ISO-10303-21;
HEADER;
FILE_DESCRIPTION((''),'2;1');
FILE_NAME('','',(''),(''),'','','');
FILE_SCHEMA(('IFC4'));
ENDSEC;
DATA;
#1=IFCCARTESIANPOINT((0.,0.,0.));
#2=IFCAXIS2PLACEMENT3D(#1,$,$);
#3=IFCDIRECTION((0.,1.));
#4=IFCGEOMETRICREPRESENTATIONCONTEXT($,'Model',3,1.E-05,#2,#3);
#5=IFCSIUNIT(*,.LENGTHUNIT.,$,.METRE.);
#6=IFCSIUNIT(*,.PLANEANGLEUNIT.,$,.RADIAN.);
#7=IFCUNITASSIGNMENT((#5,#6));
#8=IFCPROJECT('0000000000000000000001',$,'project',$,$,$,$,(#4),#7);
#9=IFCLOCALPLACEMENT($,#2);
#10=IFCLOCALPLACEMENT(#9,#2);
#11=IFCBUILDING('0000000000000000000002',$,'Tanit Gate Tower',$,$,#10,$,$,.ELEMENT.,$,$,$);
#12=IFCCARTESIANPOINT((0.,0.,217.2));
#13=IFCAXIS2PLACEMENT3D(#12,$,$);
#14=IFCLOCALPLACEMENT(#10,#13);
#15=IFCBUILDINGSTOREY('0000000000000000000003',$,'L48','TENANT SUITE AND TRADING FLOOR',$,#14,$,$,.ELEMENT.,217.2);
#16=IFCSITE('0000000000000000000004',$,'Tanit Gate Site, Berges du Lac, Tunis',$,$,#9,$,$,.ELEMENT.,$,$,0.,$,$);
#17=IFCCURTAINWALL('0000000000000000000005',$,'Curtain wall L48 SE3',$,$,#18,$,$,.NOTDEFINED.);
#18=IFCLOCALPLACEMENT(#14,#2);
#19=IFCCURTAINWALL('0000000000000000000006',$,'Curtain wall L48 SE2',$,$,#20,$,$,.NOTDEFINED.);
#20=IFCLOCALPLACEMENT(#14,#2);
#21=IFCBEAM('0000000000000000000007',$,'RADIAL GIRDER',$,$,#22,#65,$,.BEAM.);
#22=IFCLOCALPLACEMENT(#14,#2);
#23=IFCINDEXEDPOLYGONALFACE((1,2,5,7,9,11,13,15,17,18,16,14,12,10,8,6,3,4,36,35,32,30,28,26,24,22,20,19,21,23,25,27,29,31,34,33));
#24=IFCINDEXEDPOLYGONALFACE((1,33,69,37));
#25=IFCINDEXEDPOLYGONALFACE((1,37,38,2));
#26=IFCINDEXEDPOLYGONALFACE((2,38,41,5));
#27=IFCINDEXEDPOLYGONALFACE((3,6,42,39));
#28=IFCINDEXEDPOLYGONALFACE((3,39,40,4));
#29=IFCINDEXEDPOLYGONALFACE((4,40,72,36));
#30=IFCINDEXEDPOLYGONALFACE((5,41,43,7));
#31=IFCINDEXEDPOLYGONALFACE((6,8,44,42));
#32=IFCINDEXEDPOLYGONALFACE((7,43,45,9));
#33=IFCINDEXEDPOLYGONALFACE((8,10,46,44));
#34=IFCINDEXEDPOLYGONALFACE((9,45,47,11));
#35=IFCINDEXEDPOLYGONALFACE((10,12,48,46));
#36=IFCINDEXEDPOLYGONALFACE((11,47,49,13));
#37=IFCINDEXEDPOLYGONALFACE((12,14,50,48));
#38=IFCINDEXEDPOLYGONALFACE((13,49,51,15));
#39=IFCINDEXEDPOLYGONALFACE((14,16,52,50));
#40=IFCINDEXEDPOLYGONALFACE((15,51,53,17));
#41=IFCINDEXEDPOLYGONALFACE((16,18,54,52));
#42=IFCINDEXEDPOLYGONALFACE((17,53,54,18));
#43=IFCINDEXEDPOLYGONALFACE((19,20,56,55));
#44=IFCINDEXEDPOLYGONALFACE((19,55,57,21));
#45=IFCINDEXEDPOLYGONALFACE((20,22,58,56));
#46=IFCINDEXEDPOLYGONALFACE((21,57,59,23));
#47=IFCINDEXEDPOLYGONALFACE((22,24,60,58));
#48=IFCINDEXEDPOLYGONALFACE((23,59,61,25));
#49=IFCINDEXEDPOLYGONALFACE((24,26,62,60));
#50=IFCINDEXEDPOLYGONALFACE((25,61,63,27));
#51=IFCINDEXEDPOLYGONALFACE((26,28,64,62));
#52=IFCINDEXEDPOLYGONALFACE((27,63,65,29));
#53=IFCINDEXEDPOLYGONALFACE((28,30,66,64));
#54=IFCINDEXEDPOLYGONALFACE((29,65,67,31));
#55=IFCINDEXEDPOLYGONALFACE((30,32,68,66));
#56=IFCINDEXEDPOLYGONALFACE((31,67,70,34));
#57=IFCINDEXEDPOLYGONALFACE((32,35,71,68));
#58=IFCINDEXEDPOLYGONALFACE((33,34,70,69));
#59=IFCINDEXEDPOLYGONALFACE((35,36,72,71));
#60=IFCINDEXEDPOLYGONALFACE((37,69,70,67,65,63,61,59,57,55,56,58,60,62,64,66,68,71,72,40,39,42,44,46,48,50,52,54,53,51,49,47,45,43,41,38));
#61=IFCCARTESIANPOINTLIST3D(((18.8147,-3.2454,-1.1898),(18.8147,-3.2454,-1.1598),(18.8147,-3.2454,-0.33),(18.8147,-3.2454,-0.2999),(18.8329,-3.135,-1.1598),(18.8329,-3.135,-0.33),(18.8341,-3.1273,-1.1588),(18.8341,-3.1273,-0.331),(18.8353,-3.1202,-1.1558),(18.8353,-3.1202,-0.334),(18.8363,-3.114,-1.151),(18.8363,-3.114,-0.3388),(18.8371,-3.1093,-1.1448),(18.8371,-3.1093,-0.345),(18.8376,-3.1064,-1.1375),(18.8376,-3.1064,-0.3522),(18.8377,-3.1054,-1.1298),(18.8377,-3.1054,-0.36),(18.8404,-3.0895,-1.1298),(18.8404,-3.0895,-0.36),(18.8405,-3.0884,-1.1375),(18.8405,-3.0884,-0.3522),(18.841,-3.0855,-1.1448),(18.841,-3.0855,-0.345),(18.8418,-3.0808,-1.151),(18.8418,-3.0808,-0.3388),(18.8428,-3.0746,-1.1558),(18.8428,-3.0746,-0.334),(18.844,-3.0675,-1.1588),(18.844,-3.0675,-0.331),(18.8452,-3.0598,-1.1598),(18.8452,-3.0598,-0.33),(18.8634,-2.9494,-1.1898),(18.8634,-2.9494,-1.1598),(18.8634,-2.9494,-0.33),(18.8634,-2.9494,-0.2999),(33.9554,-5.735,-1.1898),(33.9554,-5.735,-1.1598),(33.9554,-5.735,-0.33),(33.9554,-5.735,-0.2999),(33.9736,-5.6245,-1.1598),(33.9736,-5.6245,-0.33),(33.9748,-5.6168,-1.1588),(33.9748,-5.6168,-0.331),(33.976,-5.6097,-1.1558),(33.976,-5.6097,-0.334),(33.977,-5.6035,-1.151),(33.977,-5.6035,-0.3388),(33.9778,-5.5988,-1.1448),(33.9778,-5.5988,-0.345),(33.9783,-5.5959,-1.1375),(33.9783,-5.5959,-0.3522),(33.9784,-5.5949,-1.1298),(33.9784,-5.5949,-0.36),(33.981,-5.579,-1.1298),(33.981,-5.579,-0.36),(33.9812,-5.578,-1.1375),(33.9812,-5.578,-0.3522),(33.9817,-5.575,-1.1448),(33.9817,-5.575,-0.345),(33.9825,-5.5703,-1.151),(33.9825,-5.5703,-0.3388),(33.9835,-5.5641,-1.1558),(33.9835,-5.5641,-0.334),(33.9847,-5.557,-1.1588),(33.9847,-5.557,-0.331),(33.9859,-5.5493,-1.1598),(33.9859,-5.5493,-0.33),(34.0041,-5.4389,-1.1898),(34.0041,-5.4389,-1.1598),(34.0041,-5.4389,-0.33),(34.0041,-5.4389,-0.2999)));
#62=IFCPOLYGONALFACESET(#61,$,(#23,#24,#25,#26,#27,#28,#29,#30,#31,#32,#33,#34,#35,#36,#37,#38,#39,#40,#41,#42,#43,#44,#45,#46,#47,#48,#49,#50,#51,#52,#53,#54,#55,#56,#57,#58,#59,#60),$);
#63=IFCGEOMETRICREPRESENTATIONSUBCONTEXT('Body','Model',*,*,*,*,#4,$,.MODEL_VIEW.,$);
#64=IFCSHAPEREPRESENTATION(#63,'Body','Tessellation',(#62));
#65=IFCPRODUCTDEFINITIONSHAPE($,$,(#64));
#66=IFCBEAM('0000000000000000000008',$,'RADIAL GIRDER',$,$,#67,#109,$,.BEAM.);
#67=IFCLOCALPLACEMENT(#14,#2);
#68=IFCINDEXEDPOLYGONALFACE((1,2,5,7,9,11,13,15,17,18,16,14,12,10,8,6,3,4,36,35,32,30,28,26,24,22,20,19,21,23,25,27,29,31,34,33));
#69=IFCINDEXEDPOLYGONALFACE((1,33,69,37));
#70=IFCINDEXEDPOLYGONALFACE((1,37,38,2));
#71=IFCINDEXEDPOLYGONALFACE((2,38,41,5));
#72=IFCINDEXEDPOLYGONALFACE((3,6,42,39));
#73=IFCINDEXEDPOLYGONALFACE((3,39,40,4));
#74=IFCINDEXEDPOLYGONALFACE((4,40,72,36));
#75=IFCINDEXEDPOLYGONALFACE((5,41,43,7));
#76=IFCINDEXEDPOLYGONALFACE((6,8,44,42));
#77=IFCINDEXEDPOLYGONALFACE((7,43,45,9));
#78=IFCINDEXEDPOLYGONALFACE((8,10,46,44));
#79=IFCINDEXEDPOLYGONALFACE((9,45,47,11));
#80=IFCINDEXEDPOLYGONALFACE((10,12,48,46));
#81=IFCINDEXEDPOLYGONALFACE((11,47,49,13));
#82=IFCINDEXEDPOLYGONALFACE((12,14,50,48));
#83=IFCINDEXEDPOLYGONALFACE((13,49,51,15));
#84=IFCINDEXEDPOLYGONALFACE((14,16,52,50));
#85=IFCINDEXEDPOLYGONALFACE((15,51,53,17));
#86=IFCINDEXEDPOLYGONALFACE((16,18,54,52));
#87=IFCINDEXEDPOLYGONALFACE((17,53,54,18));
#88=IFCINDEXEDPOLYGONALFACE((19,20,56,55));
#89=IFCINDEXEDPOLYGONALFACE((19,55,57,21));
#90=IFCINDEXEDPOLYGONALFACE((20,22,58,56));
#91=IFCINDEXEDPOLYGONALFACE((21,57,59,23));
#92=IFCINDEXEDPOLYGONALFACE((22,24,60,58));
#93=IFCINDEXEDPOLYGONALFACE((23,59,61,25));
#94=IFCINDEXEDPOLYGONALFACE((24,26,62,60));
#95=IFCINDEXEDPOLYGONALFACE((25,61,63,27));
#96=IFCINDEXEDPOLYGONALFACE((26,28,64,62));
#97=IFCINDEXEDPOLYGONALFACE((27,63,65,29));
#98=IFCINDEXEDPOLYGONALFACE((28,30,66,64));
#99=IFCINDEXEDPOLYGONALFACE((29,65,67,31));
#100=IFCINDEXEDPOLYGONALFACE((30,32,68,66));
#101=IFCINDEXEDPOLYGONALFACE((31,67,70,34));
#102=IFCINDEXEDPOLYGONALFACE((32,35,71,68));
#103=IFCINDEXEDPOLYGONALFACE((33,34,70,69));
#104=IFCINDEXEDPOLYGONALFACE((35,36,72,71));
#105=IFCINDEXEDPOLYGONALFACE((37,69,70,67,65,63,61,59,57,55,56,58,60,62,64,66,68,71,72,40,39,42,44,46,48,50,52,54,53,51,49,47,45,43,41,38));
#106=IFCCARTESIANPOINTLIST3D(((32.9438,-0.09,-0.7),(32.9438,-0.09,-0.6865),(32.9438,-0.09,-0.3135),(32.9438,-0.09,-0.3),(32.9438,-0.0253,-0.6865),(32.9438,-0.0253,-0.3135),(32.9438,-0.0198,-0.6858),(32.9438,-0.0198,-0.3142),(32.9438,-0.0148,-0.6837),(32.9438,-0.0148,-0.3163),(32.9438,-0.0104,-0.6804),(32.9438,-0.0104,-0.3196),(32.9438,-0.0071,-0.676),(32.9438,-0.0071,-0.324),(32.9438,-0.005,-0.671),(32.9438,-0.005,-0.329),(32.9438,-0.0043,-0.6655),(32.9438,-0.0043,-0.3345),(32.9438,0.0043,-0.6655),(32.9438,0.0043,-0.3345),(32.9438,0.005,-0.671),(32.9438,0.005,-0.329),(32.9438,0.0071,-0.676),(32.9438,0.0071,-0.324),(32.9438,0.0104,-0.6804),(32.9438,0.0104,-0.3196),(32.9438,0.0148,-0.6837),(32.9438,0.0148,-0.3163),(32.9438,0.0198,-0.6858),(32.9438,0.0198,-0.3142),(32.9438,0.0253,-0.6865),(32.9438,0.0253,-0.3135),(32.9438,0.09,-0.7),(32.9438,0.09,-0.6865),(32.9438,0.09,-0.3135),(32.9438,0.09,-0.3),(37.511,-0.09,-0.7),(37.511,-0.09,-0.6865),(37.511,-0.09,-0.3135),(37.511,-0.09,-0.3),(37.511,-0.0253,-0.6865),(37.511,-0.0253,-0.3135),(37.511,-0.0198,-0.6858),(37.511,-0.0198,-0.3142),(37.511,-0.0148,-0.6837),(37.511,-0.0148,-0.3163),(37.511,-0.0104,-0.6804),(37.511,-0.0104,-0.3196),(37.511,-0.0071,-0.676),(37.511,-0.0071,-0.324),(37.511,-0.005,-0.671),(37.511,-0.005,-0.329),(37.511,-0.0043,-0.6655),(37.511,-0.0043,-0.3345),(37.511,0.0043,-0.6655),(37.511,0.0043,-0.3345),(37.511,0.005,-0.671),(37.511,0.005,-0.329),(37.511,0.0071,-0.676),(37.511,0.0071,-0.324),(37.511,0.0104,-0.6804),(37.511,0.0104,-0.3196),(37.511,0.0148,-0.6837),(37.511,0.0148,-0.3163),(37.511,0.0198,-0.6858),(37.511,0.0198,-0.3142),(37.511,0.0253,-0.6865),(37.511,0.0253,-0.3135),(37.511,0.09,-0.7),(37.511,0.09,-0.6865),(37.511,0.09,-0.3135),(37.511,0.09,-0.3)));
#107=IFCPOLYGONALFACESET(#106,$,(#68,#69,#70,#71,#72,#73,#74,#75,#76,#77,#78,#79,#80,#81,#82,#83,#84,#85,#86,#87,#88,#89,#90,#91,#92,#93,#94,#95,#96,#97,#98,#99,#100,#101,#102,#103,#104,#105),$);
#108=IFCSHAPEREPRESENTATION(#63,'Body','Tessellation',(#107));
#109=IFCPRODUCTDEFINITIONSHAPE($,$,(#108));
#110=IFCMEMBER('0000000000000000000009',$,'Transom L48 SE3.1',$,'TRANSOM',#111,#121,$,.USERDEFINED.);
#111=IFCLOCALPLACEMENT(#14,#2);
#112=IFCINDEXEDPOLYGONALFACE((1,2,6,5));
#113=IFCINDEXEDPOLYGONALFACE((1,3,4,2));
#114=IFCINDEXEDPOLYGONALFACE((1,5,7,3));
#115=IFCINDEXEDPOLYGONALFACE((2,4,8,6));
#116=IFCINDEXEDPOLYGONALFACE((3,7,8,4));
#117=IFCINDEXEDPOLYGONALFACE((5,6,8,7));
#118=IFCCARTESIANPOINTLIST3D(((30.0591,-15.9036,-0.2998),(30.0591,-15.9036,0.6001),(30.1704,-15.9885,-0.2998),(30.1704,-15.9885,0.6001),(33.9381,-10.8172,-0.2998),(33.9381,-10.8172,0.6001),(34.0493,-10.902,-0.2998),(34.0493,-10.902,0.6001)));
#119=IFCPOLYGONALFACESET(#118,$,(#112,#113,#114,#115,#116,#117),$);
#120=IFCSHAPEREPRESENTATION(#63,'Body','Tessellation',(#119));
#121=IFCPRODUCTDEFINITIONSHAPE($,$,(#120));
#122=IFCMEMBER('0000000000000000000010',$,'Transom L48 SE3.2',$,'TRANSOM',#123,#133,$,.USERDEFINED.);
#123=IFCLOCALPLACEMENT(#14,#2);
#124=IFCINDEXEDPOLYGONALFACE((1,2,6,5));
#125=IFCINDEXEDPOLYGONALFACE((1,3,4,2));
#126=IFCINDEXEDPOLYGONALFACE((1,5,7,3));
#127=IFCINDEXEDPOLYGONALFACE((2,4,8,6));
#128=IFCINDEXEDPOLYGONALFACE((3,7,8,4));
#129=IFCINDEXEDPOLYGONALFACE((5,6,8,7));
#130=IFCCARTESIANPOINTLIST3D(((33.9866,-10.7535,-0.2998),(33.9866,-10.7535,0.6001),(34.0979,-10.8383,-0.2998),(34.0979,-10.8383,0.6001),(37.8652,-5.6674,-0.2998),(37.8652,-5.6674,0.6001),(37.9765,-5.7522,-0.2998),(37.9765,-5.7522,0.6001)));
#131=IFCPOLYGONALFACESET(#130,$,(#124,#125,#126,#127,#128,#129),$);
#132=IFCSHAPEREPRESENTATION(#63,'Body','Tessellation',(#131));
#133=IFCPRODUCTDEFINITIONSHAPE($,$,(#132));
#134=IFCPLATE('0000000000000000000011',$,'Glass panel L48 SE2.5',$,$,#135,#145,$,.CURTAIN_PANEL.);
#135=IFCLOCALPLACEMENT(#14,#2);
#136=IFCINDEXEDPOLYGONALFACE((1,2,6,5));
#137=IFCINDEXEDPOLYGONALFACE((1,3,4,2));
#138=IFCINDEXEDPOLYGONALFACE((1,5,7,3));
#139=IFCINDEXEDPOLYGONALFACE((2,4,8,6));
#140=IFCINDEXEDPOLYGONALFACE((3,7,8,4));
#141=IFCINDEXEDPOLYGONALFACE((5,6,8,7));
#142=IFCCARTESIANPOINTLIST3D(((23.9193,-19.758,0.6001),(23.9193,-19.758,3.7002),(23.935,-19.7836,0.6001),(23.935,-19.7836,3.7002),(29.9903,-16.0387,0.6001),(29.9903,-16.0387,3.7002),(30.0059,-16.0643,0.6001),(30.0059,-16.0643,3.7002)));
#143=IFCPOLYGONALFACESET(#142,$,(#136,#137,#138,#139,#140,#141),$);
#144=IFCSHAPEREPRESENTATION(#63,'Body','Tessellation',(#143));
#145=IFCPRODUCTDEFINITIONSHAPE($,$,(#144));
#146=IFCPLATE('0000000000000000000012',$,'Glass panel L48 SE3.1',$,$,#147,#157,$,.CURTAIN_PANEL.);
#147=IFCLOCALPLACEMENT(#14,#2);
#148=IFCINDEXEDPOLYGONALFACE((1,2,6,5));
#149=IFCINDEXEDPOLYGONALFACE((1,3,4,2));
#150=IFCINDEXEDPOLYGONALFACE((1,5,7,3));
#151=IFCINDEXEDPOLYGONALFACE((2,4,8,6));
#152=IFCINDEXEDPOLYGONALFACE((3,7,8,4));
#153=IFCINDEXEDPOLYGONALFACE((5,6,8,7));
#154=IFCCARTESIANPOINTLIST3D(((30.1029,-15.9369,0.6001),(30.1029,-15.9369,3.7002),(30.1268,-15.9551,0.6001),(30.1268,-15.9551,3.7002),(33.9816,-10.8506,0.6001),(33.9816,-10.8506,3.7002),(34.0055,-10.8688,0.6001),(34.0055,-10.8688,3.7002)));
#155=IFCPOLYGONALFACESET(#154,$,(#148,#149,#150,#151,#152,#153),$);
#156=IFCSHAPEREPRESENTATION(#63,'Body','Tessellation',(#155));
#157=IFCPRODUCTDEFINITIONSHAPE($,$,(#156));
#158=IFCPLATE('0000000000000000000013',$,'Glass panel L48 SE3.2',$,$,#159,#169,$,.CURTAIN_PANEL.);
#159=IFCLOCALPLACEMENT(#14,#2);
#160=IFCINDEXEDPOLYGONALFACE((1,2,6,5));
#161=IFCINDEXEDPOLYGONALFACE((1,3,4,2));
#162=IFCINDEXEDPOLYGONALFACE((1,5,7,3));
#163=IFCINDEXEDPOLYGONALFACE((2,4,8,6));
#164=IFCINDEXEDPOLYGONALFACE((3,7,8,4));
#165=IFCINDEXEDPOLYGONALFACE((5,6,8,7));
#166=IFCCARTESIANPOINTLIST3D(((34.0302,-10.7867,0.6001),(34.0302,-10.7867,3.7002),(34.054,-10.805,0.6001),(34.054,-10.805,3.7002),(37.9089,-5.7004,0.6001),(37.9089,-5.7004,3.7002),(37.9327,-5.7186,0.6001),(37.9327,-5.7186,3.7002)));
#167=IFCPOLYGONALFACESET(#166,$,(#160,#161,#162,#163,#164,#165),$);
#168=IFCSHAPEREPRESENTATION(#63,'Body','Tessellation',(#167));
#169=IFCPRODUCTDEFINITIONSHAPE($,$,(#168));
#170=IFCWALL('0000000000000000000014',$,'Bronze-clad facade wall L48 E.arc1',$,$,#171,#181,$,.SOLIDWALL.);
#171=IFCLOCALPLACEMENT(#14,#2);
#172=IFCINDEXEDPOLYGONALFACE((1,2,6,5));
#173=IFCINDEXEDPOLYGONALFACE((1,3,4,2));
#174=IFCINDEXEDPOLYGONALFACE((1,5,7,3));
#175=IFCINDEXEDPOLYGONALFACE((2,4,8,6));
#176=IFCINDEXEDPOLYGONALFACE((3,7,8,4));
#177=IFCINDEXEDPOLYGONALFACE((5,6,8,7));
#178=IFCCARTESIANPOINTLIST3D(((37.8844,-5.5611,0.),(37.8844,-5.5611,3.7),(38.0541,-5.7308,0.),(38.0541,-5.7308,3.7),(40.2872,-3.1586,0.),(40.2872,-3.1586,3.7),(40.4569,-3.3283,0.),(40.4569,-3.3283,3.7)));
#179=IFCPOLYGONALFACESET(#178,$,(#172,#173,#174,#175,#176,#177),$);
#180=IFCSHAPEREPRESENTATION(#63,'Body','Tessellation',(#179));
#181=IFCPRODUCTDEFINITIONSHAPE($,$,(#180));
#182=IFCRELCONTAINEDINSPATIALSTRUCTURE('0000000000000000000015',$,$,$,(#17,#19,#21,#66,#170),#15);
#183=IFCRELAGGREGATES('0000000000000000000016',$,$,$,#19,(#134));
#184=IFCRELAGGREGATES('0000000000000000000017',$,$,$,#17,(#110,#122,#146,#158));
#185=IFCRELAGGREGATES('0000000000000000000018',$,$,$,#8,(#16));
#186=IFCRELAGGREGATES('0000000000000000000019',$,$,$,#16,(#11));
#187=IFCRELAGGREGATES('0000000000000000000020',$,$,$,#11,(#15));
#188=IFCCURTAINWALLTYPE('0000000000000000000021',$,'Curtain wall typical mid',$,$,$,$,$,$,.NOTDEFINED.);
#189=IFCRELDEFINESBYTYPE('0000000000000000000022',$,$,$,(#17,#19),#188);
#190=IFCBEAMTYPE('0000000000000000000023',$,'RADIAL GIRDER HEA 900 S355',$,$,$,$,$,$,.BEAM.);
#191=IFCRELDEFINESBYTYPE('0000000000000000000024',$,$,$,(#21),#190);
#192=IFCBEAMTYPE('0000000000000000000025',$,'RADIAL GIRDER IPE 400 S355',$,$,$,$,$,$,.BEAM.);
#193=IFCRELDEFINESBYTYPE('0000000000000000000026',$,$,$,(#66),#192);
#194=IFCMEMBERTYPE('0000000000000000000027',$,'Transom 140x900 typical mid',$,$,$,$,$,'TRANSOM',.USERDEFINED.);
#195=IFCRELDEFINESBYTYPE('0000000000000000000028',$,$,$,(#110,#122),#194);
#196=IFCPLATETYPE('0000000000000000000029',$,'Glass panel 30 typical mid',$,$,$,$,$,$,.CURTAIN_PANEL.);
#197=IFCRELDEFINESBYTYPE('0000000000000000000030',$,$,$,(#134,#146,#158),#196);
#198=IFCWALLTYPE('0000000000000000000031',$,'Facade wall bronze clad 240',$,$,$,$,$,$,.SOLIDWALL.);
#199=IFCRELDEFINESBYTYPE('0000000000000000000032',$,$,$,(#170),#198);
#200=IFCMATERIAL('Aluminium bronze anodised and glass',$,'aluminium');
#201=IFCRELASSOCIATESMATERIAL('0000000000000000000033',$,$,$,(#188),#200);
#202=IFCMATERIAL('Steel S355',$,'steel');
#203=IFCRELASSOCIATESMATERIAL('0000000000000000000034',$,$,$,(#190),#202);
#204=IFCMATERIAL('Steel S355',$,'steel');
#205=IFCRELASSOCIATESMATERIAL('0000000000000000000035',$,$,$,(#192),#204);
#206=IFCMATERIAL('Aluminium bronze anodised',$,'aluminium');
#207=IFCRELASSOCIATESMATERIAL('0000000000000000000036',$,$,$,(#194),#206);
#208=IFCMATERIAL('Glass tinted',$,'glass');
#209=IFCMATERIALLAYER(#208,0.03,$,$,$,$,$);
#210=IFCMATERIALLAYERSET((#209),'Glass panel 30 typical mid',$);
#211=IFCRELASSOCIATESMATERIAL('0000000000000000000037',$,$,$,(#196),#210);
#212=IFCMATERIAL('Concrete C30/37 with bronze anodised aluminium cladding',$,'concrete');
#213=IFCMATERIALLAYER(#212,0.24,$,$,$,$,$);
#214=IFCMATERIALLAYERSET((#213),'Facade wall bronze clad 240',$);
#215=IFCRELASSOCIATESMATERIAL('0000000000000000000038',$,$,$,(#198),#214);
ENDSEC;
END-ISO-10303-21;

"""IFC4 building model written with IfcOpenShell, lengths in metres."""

from ifc_helpers import new_model, si_unit, direction, frame, frame_2d, origin, origin_2d, place, context, subcontext, project, spatial, rectangle, i_section, extrude, material, layer, layer_set, material_profile, profile_set, type_object, element, aggregate, save


model = new_model("IFC4")

# Units and contexts
model_context = context("Model", 3, precision=1e-05, world=origin(), true_north=direction((0.0, 1.0)))
body_context = subcontext(model_context, "Body", "Model", "MODEL_VIEW")
ifc_project = project(units=[si_unit("LENGTHUNIT", "METRE"), si_unit("PLANEANGLEUNIT", "RADIAN")], contexts=[model_context])

# Site, building, storey
site_placement = place(None, origin())
site = spatial("IfcSite", under=ifc_project, at=site_placement, Name="Tanit Gate Site, Berges du Lac, Tunis", CompositionType="ELEMENT", RefElevation=0.0)
building_placement = place(site_placement, origin())
building = spatial("IfcBuilding", under=site, at=building_placement, Name="Tanit Gate Tower", CompositionType="ELEMENT")
storey_placement = place(building_placement, frame((0.0, 0.0, 217.2)))
storey = spatial("IfcBuildingStorey", under=building, at=storey_placement, Name="L48", Description="TENANT SUITE AND TRADING FLOOR", CompositionType="ELEMENT", Elevation=217.2)

# Curtain wall
ifc_material_1 = material(Name="Aluminium bronze anodised and glass", Category="aluminium")
curtain_wall_type = type_object("IfcCurtainWallType", Name="Curtain wall typical mid", PredefinedType="NOTDEFINED", material=ifc_material_1)
curtain_wall_1_placement = place(storey_placement, origin())
curtain_wall_1 = element("IfcCurtainWall", 1, at=curtain_wall_1_placement, inside=storey, type_object=curtain_wall_type, Name="Curtain wall L48 SE3", PredefinedType="NOTDEFINED")

# Curtain wall
curtain_wall_2_placement = place(storey_placement, origin())
curtain_wall_2 = element("IfcCurtainWall", 2, at=curtain_wall_2_placement, inside=storey, type_object=curtain_wall_type, Name="Curtain wall L48 SE2", PredefinedType="NOTDEFINED")

# Beams
ifc_material_2 = material(Name="Steel S355", Category="steel")
ifc_material_profile_1 = material_profile(ifc_material_2, i_section(OverallWidth=0.3, OverallDepth=0.8899, WebThickness=0.0161, FlangeThickness=0.03, FilletRadius=0.03, at=origin_2d()), Name="HEA 900")
ifc_profile_set_1 = profile_set([ifc_material_profile_1], Name="Steel S355")
beam_type_1 = type_object("IfcBeamType", Name="RADIAL GIRDER HEA 900 S355", PredefinedType="BEAM", material=ifc_profile_set_1)
beam_1_placement = place(storey_placement, frame((33.9797, -5.5869, -0.7449), z_axis=(-0.98675, 0.162247, 0.0), x_axis=(-0.162247, -0.98675, 0.0)))
element("IfcBeam", 3, at=beam_1_placement, inside=storey, type_object=beam_type_1, Name="RADIAL GIRDER", PredefinedType="BEAM", context=body_context, shape_type="SweptSolid", body=[
    extrude(i_section(OverallWidth=0.3, OverallDepth=0.8899, WebThickness=0.0161, FlangeThickness=0.03, FilletRadius=0.03, at=origin_2d()), origin(), (0.0, 0.0, 1.0), 15.344),
])
ifc_material_3 = material(Name="Steel S355", Category="steel")
ifc_material_profile_2 = material_profile(ifc_material_3, i_section(OverallWidth=0.1799, OverallDepth=0.3999, WebThickness=0.0085, FlangeThickness=0.0134, FilletRadius=0.021, at=origin_2d()), Name="IPE 400")
ifc_profile_set_2 = profile_set([ifc_material_profile_2], Name="Steel S355")
beam_type_2 = type_object("IfcBeamType", Name="RADIAL GIRDER IPE 400 S355", PredefinedType="BEAM", material=ifc_profile_set_2)
beam_2_placement = place(storey_placement, frame((37.511, 0.0, -0.5), z_axis=(-1.0, 0.0, 0.0), x_axis=(0.0, -1.0, 0.0)))
element("IfcBeam", 4, at=beam_2_placement, inside=storey, type_object=beam_type_2, Name="RADIAL GIRDER", PredefinedType="BEAM", context=body_context, shape_type="SweptSolid", body=[
    extrude(i_section(OverallWidth=0.1799, OverallDepth=0.3999, WebThickness=0.0085, FlangeThickness=0.0134, FilletRadius=0.021, at=origin_2d()), origin(), (0.0, 0.0, 1.0), 4.5671),
])

# Members
ifc_material_4 = material(Name="Aluminium bronze anodised", Category="aluminium")
ifc_material_profile_3 = material_profile(ifc_material_4, rectangle(XDim=0.1399, YDim=0.8999, at=origin_2d()), Name="140x900 bronze transom")
ifc_profile_set_3 = profile_set([ifc_material_profile_3], Name="Aluminium bronze anodised")
member_type_1 = type_object("IfcMemberType", Name="Transom 140x900 typical mid", ElementType="TRANSOM", PredefinedType="USERDEFINED", material=ifc_profile_set_3)
member_1_placement = place(storey_placement, frame((30.1147, -15.946, 0.1501), z_axis=(0.606393, 0.795165, 0.0), x_axis=(-0.795165, 0.606393, 0.0)))
member_1 = element("IfcMember", 5, at=member_1_placement, type_object=member_type_1, Name="Transom L48 SE3.1", ObjectType="TRANSOM", PredefinedType="USERDEFINED", context=body_context, shape_type="SweptSolid", body=[
    extrude(rectangle(XDim=0.1399, YDim=0.8999, at=origin_2d()), origin(), (0.0, 0.0, 1.0), 6.3967),
])
member_2_placement = place(storey_placement, frame((34.0422, -10.7959, 0.1501), z_axis=(0.606387, 0.79517, 0.0), x_axis=(-0.79517, 0.606387, 0.0)))
member_2 = element("IfcMember", 6, at=member_2_placement, type_object=member_type_1, Name="Transom L48 SE3.2", ObjectType="TRANSOM", PredefinedType="USERDEFINED", context=body_context, shape_type="SweptSolid", body=[
    extrude(rectangle(XDim=0.1399, YDim=0.8999, at=origin_2d()), origin(), (0.0, 0.0, 1.0), 6.3962),
])

# Plates
ifc_material_5 = material(Name="Glass tinted", Category="glass")
ifc_layer_1 = layer(ifc_material_5, 0.03)
ifc_layer_set_1 = layer_set([ifc_layer_1], Name="Glass panel 30 typical mid")
plate_type = type_object("IfcPlateType", Name="Glass panel 30 typical mid", PredefinedType="CURTAIN_PANEL", material=ifc_layer_set_1)
plate_1_placement = place(storey_placement, frame((26.9626, -17.9111, 0.6001), z_axis=(0.0, 0.0, 1.0), x_axis=(0.8527, 0.522401, 0.0)))
plate_1 = element("IfcPlate", 7, at=plate_1_placement, type_object=plate_type, Name="Glass panel L48 SE2.5", PredefinedType="CURTAIN_PANEL", context=body_context, shape_type="SweptSolid", body=[
    extrude(rectangle(XDim=7.1196, YDim=0.03, at=origin_2d()), origin(), (0.0, 0.0, 1.0), 3.1001),
])
aggregate(curtain_wall_2, [plate_1])
plate_2_placement = place(storey_placement, frame((32.0542, -13.4028, 0.6001), z_axis=(0.0, 0.0, 1.0), x_axis=(0.60638, 0.795175, 0.0)))
plate_2 = element("IfcPlate", 8, at=plate_2_placement, type_object=plate_type, Name="Glass panel L48 SE3.1", PredefinedType="CURTAIN_PANEL", context=body_context, shape_type="SweptSolid", body=[
    extrude(rectangle(XDim=6.3965, YDim=0.03, at=origin_2d()), origin(), (0.0, 0.0, 1.0), 3.1001),
])
plate_3_placement = place(storey_placement, frame((35.9814, -8.2527, 0.6001), z_axis=(0.0, 0.0, 1.0), x_axis=(0.60638, 0.795175, 0.0)))
plate_3 = element("IfcPlate", 9, at=plate_3_placement, type_object=plate_type, Name="Glass panel L48 SE3.2", PredefinedType="CURTAIN_PANEL", context=body_context, shape_type="SweptSolid", body=[
    extrude(rectangle(XDim=6.3965, YDim=0.03, at=origin_2d()), origin(), (0.0, 0.0, 1.0), 3.1001),
])
aggregate(curtain_wall_1, [member_1, member_2, plate_2, plate_3])

# Wall
ifc_material_6 = material(Name="Concrete C30/37 with bronze anodised aluminium cladding", Category="concrete")
ifc_layer_2 = layer(ifc_material_6, 0.24)
ifc_layer_set_2 = layer_set([ifc_layer_2], Name="Facade wall bronze clad 240")
wall_type_1 = type_object("IfcWallType", Name="Facade wall bronze clad 240", PredefinedType="SOLIDWALL", material=ifc_layer_set_2)
wall_1_placement = place(storey_placement, frame((37.9692, -5.646, 0.0), z_axis=(0.0, 0.0, 1.0), x_axis=(0.707143, 0.707071, 0.0)))
element("IfcWall", 10, at=wall_1_placement, inside=storey, type_object=wall_type_1, Name="Bronze-clad facade wall L48 E.arc1", PredefinedType="SOLIDWALL", context=body_context, shape_type="SweptSolid", body=[
    extrude(rectangle(XDim=3.3979, YDim=0.24, at=frame_2d((1.699, 0.0))), origin(), (0.0, 0.0, 1.0), 3.7),
])

save(model, "model.ifc")
